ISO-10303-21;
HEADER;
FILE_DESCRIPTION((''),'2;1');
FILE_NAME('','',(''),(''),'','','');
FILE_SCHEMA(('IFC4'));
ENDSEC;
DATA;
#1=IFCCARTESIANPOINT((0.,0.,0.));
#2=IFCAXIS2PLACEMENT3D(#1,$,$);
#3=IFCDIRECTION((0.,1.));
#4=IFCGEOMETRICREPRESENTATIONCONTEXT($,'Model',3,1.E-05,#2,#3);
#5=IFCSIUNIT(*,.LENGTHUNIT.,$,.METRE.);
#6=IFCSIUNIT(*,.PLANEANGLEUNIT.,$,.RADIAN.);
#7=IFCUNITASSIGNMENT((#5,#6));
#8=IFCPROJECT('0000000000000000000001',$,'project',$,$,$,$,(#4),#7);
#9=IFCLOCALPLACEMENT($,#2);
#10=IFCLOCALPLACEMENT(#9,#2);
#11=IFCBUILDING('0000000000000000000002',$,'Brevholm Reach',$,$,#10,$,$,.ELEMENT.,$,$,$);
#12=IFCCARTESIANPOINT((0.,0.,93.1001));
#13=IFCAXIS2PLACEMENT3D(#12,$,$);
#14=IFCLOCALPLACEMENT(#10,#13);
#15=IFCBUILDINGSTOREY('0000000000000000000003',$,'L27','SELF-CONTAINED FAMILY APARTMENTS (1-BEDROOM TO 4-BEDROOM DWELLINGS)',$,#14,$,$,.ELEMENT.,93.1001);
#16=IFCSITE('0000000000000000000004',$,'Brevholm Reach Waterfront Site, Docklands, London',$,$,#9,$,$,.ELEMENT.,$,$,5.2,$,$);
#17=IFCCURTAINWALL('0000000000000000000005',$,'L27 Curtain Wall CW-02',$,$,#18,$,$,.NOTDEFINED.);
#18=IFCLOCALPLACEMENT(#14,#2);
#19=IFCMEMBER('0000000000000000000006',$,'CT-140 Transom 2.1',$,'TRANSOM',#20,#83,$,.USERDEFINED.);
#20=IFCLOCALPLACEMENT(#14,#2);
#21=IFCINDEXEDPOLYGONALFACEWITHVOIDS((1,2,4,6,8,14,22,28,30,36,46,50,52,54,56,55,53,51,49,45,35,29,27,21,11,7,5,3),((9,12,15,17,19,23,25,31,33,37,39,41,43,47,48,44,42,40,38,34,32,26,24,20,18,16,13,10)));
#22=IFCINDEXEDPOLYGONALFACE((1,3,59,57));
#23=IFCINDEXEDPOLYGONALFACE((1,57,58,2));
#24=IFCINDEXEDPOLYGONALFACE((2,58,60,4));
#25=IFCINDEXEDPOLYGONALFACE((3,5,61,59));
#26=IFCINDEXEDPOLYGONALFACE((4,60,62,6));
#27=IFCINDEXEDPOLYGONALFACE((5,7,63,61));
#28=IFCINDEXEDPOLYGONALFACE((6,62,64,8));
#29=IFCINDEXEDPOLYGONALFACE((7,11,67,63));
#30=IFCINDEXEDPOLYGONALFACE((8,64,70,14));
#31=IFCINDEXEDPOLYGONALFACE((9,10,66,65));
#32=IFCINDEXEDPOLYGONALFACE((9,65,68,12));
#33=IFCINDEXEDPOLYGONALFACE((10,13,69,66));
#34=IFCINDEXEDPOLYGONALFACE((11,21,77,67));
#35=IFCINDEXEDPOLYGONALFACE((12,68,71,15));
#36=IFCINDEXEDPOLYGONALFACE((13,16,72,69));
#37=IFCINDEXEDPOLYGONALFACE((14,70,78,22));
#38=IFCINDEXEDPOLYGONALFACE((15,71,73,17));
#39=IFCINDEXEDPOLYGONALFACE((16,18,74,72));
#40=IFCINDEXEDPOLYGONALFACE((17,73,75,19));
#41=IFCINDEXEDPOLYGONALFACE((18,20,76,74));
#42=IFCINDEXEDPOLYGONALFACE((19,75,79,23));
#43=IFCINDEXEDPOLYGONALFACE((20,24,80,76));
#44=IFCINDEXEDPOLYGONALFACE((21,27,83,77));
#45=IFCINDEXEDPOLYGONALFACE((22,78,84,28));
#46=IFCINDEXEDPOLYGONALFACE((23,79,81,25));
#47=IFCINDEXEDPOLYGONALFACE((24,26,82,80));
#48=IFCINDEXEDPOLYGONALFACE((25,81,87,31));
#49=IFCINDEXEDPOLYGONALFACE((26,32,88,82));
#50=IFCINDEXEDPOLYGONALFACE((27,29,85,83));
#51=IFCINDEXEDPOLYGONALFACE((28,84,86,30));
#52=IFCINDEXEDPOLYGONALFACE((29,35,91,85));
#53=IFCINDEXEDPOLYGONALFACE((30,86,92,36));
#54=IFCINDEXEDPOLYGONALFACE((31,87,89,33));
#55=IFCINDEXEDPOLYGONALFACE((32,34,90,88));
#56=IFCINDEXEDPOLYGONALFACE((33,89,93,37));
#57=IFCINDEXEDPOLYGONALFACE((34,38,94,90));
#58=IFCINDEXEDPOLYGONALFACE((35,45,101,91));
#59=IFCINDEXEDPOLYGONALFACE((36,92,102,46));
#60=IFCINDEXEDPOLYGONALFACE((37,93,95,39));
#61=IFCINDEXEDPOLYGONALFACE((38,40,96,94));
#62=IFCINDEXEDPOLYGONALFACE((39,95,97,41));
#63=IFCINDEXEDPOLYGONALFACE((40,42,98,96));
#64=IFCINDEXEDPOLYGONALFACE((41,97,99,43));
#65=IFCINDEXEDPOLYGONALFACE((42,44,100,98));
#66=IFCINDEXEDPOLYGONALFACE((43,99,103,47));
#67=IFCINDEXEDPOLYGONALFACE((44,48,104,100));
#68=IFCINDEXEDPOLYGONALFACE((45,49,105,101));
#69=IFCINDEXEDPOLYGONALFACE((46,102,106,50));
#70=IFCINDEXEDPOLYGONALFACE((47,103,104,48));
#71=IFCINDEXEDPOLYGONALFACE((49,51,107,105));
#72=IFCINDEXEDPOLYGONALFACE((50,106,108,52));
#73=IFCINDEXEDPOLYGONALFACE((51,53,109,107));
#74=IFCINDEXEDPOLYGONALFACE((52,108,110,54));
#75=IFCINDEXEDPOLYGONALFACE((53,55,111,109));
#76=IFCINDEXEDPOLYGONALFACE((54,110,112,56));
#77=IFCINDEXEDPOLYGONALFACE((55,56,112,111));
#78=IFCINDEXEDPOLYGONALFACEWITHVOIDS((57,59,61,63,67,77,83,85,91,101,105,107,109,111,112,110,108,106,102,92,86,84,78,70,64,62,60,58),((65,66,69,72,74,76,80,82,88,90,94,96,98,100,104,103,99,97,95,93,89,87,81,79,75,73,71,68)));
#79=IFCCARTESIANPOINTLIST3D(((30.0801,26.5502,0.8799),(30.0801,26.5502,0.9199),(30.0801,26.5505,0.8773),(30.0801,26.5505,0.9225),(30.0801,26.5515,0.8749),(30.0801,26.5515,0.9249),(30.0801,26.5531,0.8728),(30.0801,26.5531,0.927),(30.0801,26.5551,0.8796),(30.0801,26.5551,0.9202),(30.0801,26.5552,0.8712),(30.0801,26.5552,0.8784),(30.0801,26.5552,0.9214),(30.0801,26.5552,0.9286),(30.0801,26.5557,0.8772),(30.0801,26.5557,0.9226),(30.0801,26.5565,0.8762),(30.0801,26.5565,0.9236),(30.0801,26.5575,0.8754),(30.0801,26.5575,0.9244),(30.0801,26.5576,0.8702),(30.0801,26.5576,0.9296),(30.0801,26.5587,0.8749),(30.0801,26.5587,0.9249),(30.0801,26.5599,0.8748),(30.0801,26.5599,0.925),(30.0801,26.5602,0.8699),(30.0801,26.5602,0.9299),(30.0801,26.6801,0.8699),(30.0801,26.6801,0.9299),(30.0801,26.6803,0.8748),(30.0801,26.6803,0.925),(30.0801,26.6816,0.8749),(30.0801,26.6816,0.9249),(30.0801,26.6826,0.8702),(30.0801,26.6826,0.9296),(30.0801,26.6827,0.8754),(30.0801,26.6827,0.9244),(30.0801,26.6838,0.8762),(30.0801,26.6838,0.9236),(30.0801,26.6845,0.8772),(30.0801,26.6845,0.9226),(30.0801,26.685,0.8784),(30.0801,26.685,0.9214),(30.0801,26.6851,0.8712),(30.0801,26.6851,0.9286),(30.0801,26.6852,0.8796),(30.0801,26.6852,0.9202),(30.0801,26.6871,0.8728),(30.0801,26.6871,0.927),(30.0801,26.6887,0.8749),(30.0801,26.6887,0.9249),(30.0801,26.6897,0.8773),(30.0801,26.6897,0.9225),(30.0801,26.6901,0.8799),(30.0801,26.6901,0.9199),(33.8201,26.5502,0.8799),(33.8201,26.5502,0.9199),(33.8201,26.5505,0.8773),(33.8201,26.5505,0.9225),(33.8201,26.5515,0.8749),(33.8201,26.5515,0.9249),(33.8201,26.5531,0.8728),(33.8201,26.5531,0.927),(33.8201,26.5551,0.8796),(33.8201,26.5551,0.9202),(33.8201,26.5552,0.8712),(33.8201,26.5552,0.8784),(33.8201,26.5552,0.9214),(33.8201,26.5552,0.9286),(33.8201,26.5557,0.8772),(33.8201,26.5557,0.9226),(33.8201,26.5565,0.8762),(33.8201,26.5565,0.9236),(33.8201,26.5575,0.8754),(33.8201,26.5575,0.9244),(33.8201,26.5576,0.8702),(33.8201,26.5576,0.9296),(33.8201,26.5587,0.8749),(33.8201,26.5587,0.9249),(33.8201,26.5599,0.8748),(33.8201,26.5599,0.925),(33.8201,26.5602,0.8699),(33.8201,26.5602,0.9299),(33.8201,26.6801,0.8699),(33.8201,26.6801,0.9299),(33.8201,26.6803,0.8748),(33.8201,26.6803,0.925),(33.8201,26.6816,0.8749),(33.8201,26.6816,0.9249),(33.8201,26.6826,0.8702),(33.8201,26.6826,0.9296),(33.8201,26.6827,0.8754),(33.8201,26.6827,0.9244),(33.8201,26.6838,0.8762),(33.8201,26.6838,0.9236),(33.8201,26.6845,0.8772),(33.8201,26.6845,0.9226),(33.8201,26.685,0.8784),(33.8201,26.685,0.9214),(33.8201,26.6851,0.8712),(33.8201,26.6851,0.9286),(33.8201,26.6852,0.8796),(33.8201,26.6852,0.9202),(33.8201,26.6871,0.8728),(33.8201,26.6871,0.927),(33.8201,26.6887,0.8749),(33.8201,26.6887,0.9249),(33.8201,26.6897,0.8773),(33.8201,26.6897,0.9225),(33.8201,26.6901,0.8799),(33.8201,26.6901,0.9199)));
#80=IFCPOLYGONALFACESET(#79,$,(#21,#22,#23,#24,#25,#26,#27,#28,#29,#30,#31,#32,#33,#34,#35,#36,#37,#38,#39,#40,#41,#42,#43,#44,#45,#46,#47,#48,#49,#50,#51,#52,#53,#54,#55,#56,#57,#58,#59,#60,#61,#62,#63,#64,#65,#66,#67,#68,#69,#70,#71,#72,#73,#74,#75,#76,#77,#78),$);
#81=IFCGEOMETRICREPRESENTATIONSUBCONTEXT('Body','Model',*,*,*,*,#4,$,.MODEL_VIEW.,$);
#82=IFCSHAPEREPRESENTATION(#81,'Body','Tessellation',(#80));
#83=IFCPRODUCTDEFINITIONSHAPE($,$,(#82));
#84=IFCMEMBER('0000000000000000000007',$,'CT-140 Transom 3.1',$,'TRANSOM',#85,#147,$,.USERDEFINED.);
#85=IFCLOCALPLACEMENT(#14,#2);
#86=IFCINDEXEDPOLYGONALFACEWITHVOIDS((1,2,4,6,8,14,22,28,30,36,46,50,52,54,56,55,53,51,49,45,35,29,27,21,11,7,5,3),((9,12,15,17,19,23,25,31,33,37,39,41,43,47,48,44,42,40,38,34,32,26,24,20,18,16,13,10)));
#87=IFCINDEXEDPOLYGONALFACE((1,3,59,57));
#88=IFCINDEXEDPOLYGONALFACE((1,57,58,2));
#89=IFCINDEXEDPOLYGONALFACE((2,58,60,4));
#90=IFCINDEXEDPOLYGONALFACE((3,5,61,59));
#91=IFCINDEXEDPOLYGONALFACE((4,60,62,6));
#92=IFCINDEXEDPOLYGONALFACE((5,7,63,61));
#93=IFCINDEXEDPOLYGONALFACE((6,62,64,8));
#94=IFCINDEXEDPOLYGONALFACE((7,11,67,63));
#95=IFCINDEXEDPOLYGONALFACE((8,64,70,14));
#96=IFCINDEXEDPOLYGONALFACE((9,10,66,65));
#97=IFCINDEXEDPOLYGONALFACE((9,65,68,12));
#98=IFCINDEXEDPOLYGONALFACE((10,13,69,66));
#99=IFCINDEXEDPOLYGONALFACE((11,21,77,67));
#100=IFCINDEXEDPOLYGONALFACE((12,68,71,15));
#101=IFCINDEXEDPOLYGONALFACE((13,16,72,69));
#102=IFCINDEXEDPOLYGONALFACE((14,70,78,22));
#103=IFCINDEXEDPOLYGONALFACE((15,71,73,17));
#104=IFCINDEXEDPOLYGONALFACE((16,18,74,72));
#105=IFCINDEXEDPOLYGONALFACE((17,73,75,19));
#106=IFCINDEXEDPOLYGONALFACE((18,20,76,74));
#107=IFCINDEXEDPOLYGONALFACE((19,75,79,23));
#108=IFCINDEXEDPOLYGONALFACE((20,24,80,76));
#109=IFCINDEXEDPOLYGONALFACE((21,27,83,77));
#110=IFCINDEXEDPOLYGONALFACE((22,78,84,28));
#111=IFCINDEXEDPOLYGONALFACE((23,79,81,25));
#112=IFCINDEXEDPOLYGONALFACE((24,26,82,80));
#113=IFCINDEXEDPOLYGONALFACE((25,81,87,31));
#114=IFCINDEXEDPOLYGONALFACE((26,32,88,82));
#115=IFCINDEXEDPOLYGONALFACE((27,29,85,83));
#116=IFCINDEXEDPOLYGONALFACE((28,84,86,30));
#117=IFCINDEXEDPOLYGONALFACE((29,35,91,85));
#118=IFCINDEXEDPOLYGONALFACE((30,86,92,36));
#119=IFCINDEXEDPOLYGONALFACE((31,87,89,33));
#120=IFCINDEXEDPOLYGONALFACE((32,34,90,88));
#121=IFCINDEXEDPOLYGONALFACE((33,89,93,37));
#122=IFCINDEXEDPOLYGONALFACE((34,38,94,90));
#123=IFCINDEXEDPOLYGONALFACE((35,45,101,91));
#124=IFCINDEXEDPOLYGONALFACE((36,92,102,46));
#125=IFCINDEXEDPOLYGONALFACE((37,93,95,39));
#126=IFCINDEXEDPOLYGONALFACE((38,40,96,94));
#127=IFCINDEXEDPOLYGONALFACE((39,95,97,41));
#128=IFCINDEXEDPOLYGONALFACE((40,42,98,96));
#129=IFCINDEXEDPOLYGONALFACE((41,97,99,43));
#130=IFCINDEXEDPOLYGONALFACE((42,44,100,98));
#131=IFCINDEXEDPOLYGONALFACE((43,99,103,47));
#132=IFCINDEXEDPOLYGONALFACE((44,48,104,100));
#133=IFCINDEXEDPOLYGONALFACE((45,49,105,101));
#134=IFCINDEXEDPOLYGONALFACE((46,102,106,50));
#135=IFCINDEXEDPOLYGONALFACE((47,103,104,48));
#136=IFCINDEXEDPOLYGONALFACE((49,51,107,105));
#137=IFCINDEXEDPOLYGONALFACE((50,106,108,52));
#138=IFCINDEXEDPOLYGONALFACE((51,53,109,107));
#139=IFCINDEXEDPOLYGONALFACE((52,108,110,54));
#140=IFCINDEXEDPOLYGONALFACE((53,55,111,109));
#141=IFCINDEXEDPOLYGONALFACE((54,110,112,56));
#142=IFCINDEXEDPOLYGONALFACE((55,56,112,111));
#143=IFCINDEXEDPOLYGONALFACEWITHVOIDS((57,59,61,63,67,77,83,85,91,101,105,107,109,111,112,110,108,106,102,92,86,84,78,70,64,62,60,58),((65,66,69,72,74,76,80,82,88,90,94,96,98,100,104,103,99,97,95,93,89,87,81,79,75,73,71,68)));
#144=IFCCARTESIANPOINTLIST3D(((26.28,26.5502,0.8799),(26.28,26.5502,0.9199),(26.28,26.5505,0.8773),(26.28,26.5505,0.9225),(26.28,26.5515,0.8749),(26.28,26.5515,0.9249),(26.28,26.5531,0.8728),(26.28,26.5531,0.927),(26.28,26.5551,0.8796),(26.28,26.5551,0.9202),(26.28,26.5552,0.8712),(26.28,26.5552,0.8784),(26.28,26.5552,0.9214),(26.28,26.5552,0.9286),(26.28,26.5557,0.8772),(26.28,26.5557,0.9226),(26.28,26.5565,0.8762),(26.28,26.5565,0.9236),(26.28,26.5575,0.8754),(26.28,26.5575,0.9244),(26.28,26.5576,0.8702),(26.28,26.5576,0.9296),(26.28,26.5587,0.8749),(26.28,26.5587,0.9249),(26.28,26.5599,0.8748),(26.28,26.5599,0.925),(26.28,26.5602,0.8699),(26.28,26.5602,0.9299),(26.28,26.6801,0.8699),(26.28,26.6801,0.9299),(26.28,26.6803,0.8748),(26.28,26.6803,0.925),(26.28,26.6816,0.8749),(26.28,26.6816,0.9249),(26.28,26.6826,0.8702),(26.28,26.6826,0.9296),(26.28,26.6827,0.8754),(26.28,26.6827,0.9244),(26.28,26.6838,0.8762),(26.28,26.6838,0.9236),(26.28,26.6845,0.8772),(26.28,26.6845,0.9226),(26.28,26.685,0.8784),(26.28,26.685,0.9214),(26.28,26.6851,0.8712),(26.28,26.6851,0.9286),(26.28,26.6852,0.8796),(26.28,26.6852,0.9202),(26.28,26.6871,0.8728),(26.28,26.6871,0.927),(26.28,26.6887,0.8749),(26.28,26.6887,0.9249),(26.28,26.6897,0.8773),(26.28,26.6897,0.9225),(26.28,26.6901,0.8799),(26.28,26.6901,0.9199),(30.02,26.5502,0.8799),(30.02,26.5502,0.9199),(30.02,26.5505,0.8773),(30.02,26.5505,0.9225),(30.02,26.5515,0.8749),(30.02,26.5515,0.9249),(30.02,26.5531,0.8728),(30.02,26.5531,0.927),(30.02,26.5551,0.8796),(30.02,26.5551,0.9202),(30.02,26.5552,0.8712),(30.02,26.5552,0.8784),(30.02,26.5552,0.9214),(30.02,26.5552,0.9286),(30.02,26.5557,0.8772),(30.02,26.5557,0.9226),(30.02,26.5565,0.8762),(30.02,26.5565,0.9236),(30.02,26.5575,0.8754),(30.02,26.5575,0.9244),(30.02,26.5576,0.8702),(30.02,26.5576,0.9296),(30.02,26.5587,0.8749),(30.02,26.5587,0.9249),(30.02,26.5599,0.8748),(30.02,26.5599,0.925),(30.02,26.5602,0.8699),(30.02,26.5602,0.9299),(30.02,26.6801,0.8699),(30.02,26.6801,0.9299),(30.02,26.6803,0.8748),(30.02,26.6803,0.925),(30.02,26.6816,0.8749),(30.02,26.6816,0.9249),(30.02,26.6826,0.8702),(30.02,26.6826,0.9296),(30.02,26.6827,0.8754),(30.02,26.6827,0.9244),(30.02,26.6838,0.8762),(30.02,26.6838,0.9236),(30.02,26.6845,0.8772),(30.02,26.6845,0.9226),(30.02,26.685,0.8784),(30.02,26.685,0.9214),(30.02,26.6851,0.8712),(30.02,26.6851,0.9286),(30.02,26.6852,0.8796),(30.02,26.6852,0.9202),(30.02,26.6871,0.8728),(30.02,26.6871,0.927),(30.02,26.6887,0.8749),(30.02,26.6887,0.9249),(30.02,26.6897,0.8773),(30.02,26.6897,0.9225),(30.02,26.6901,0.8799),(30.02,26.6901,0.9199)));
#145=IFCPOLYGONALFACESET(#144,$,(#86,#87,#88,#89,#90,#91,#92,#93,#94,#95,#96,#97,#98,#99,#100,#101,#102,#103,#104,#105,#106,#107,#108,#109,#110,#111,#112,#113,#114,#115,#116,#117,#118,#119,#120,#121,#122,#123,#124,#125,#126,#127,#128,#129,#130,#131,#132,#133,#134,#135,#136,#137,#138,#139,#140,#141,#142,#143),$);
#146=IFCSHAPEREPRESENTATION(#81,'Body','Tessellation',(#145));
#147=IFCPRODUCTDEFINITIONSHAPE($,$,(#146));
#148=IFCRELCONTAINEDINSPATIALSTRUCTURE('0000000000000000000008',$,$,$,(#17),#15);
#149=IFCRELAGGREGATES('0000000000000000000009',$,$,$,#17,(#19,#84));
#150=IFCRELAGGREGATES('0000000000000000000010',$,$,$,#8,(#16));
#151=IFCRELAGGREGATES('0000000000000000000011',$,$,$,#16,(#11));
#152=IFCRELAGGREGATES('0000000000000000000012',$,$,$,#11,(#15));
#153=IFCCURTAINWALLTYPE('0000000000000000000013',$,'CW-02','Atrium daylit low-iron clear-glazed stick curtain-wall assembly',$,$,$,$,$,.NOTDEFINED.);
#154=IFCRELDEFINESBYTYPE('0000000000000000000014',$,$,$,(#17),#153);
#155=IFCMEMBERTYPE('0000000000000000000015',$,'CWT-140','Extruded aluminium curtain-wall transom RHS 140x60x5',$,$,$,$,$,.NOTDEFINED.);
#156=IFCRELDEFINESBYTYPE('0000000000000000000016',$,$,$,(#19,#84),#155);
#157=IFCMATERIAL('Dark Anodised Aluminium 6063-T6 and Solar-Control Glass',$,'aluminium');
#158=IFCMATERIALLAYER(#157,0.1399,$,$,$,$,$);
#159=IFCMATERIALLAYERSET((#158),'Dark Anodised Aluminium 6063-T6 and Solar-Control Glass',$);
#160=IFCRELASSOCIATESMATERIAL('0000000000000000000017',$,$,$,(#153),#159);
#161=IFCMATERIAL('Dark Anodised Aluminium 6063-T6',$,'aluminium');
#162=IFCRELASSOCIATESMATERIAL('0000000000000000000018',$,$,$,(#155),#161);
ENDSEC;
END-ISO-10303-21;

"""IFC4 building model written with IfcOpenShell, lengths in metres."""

from ifc_helpers import new_model, si_unit, direction, frame, origin, origin_2d, place, context, subcontext, project, spatial, hollow_rectangle, extrude, material, layer, layer_set, material_profile, profile_set, type_object, element, aggregate, save


model = new_model("IFC4")

# Units and contexts
model_context = context("Model", 3, precision=1e-05, world=origin(), true_north=direction((0.0, 1.0)))
body_context = subcontext(model_context, "Body", "Model", "MODEL_VIEW")
ifc_project = project(units=[si_unit("LENGTHUNIT", "METRE"), si_unit("PLANEANGLEUNIT", "RADIAN")], contexts=[model_context])

# Site, building, storey
site_placement = place(None, origin())
site = spatial("IfcSite", under=ifc_project, at=site_placement, Name="Brevholm Reach Waterfront Site, Docklands, London", CompositionType="ELEMENT", RefElevation=5.2)
building_placement = place(site_placement, origin())
building = spatial("IfcBuilding", under=site, at=building_placement, Name="Brevholm Reach", CompositionType="ELEMENT")
storey_placement = place(building_placement, frame((0.0, 0.0, 93.1001)))
storey = spatial("IfcBuildingStorey", under=building, at=storey_placement, Name="L27", Description="SELF-CONTAINED FAMILY APARTMENTS (1-BEDROOM TO 4-BEDROOM DWELLINGS)", CompositionType="ELEMENT", Elevation=93.1001)

# Curtain wall
ifc_material_1 = material(Name="Dark Anodised Aluminium 6063-T6 and Solar-Control Glass", Category="aluminium")
ifc_layer_1 = layer(ifc_material_1, 0.1399)
ifc_layer_set_1 = layer_set([ifc_layer_1], Name="Dark Anodised Aluminium 6063-T6 and Solar-Control Glass")
curtain_wall_type_1 = type_object("IfcCurtainWallType", Name="CW-02", Description="Atrium daylit low-iron clear-glazed stick curtain-wall assembly", PredefinedType="NOTDEFINED", material=ifc_layer_set_1)
curtain_wall_1_placement = place(storey_placement, origin())
curtain_wall_1 = element("IfcCurtainWall", 1, at=curtain_wall_1_placement, inside=storey, type_object=curtain_wall_type_1, Name="L27 Curtain Wall CW-02", PredefinedType="NOTDEFINED")

# Members
ifc_material_2 = material(Name="Dark Anodised Aluminium 6063-T6", Category="aluminium")
ifc_material_profile_1 = material_profile(ifc_material_2, hollow_rectangle(XDim=0.0601, YDim=0.1399, WallThickness=0.0049, InnerFilletRadius=0.0049, OuterFilletRadius=0.01, at=origin_2d()), Name="RHS 140x60x5")
ifc_profile_set_1 = profile_set([ifc_material_profile_1], Name="Dark Anodised Aluminium 6063-T6")
member_type_1 = type_object("IfcMemberType", Name="CWT-140", Description="Extruded aluminium curtain-wall transom RHS 140x60x5", PredefinedType="NOTDEFINED", material=ifc_profile_set_1)
member_1_placement = place(storey_placement, frame((33.8201, 26.6201, 0.8999), z_axis=(-1.0, 0.0, 0.0), x_axis=(0.0, 0.0, 1.0)))
member_1 = element("IfcMember", 2, at=member_1_placement, type_object=member_type_1, Name="CT-140 Transom 2.1", ObjectType="TRANSOM", PredefinedType="USERDEFINED", context=body_context, shape_type="SweptSolid", body=[
    extrude(hollow_rectangle(XDim=0.0601, YDim=0.1399, WallThickness=0.0049, InnerFilletRadius=0.0049, OuterFilletRadius=0.01, at=origin_2d()), origin(), (0.0, 0.0, 1.0), 3.74),
])
member_2_placement = place(storey_placement, frame((30.02, 26.6201, 0.8999), z_axis=(-1.0, 0.0, 0.0), x_axis=(0.0, 0.0, 1.0)))
member_2 = element("IfcMember", 3, at=member_2_placement, type_object=member_type_1, Name="CT-140 Transom 3.1", ObjectType="TRANSOM", PredefinedType="USERDEFINED", context=body_context, shape_type="SweptSolid", body=[
    extrude(hollow_rectangle(XDim=0.0601, YDim=0.1399, WallThickness=0.0049, InnerFilletRadius=0.0049, OuterFilletRadius=0.01, at=origin_2d()), origin(), (0.0, 0.0, 1.0), 3.74),
])

aggregate(curtain_wall_1, [member_1, member_2])

save(model, "model.ifc")
